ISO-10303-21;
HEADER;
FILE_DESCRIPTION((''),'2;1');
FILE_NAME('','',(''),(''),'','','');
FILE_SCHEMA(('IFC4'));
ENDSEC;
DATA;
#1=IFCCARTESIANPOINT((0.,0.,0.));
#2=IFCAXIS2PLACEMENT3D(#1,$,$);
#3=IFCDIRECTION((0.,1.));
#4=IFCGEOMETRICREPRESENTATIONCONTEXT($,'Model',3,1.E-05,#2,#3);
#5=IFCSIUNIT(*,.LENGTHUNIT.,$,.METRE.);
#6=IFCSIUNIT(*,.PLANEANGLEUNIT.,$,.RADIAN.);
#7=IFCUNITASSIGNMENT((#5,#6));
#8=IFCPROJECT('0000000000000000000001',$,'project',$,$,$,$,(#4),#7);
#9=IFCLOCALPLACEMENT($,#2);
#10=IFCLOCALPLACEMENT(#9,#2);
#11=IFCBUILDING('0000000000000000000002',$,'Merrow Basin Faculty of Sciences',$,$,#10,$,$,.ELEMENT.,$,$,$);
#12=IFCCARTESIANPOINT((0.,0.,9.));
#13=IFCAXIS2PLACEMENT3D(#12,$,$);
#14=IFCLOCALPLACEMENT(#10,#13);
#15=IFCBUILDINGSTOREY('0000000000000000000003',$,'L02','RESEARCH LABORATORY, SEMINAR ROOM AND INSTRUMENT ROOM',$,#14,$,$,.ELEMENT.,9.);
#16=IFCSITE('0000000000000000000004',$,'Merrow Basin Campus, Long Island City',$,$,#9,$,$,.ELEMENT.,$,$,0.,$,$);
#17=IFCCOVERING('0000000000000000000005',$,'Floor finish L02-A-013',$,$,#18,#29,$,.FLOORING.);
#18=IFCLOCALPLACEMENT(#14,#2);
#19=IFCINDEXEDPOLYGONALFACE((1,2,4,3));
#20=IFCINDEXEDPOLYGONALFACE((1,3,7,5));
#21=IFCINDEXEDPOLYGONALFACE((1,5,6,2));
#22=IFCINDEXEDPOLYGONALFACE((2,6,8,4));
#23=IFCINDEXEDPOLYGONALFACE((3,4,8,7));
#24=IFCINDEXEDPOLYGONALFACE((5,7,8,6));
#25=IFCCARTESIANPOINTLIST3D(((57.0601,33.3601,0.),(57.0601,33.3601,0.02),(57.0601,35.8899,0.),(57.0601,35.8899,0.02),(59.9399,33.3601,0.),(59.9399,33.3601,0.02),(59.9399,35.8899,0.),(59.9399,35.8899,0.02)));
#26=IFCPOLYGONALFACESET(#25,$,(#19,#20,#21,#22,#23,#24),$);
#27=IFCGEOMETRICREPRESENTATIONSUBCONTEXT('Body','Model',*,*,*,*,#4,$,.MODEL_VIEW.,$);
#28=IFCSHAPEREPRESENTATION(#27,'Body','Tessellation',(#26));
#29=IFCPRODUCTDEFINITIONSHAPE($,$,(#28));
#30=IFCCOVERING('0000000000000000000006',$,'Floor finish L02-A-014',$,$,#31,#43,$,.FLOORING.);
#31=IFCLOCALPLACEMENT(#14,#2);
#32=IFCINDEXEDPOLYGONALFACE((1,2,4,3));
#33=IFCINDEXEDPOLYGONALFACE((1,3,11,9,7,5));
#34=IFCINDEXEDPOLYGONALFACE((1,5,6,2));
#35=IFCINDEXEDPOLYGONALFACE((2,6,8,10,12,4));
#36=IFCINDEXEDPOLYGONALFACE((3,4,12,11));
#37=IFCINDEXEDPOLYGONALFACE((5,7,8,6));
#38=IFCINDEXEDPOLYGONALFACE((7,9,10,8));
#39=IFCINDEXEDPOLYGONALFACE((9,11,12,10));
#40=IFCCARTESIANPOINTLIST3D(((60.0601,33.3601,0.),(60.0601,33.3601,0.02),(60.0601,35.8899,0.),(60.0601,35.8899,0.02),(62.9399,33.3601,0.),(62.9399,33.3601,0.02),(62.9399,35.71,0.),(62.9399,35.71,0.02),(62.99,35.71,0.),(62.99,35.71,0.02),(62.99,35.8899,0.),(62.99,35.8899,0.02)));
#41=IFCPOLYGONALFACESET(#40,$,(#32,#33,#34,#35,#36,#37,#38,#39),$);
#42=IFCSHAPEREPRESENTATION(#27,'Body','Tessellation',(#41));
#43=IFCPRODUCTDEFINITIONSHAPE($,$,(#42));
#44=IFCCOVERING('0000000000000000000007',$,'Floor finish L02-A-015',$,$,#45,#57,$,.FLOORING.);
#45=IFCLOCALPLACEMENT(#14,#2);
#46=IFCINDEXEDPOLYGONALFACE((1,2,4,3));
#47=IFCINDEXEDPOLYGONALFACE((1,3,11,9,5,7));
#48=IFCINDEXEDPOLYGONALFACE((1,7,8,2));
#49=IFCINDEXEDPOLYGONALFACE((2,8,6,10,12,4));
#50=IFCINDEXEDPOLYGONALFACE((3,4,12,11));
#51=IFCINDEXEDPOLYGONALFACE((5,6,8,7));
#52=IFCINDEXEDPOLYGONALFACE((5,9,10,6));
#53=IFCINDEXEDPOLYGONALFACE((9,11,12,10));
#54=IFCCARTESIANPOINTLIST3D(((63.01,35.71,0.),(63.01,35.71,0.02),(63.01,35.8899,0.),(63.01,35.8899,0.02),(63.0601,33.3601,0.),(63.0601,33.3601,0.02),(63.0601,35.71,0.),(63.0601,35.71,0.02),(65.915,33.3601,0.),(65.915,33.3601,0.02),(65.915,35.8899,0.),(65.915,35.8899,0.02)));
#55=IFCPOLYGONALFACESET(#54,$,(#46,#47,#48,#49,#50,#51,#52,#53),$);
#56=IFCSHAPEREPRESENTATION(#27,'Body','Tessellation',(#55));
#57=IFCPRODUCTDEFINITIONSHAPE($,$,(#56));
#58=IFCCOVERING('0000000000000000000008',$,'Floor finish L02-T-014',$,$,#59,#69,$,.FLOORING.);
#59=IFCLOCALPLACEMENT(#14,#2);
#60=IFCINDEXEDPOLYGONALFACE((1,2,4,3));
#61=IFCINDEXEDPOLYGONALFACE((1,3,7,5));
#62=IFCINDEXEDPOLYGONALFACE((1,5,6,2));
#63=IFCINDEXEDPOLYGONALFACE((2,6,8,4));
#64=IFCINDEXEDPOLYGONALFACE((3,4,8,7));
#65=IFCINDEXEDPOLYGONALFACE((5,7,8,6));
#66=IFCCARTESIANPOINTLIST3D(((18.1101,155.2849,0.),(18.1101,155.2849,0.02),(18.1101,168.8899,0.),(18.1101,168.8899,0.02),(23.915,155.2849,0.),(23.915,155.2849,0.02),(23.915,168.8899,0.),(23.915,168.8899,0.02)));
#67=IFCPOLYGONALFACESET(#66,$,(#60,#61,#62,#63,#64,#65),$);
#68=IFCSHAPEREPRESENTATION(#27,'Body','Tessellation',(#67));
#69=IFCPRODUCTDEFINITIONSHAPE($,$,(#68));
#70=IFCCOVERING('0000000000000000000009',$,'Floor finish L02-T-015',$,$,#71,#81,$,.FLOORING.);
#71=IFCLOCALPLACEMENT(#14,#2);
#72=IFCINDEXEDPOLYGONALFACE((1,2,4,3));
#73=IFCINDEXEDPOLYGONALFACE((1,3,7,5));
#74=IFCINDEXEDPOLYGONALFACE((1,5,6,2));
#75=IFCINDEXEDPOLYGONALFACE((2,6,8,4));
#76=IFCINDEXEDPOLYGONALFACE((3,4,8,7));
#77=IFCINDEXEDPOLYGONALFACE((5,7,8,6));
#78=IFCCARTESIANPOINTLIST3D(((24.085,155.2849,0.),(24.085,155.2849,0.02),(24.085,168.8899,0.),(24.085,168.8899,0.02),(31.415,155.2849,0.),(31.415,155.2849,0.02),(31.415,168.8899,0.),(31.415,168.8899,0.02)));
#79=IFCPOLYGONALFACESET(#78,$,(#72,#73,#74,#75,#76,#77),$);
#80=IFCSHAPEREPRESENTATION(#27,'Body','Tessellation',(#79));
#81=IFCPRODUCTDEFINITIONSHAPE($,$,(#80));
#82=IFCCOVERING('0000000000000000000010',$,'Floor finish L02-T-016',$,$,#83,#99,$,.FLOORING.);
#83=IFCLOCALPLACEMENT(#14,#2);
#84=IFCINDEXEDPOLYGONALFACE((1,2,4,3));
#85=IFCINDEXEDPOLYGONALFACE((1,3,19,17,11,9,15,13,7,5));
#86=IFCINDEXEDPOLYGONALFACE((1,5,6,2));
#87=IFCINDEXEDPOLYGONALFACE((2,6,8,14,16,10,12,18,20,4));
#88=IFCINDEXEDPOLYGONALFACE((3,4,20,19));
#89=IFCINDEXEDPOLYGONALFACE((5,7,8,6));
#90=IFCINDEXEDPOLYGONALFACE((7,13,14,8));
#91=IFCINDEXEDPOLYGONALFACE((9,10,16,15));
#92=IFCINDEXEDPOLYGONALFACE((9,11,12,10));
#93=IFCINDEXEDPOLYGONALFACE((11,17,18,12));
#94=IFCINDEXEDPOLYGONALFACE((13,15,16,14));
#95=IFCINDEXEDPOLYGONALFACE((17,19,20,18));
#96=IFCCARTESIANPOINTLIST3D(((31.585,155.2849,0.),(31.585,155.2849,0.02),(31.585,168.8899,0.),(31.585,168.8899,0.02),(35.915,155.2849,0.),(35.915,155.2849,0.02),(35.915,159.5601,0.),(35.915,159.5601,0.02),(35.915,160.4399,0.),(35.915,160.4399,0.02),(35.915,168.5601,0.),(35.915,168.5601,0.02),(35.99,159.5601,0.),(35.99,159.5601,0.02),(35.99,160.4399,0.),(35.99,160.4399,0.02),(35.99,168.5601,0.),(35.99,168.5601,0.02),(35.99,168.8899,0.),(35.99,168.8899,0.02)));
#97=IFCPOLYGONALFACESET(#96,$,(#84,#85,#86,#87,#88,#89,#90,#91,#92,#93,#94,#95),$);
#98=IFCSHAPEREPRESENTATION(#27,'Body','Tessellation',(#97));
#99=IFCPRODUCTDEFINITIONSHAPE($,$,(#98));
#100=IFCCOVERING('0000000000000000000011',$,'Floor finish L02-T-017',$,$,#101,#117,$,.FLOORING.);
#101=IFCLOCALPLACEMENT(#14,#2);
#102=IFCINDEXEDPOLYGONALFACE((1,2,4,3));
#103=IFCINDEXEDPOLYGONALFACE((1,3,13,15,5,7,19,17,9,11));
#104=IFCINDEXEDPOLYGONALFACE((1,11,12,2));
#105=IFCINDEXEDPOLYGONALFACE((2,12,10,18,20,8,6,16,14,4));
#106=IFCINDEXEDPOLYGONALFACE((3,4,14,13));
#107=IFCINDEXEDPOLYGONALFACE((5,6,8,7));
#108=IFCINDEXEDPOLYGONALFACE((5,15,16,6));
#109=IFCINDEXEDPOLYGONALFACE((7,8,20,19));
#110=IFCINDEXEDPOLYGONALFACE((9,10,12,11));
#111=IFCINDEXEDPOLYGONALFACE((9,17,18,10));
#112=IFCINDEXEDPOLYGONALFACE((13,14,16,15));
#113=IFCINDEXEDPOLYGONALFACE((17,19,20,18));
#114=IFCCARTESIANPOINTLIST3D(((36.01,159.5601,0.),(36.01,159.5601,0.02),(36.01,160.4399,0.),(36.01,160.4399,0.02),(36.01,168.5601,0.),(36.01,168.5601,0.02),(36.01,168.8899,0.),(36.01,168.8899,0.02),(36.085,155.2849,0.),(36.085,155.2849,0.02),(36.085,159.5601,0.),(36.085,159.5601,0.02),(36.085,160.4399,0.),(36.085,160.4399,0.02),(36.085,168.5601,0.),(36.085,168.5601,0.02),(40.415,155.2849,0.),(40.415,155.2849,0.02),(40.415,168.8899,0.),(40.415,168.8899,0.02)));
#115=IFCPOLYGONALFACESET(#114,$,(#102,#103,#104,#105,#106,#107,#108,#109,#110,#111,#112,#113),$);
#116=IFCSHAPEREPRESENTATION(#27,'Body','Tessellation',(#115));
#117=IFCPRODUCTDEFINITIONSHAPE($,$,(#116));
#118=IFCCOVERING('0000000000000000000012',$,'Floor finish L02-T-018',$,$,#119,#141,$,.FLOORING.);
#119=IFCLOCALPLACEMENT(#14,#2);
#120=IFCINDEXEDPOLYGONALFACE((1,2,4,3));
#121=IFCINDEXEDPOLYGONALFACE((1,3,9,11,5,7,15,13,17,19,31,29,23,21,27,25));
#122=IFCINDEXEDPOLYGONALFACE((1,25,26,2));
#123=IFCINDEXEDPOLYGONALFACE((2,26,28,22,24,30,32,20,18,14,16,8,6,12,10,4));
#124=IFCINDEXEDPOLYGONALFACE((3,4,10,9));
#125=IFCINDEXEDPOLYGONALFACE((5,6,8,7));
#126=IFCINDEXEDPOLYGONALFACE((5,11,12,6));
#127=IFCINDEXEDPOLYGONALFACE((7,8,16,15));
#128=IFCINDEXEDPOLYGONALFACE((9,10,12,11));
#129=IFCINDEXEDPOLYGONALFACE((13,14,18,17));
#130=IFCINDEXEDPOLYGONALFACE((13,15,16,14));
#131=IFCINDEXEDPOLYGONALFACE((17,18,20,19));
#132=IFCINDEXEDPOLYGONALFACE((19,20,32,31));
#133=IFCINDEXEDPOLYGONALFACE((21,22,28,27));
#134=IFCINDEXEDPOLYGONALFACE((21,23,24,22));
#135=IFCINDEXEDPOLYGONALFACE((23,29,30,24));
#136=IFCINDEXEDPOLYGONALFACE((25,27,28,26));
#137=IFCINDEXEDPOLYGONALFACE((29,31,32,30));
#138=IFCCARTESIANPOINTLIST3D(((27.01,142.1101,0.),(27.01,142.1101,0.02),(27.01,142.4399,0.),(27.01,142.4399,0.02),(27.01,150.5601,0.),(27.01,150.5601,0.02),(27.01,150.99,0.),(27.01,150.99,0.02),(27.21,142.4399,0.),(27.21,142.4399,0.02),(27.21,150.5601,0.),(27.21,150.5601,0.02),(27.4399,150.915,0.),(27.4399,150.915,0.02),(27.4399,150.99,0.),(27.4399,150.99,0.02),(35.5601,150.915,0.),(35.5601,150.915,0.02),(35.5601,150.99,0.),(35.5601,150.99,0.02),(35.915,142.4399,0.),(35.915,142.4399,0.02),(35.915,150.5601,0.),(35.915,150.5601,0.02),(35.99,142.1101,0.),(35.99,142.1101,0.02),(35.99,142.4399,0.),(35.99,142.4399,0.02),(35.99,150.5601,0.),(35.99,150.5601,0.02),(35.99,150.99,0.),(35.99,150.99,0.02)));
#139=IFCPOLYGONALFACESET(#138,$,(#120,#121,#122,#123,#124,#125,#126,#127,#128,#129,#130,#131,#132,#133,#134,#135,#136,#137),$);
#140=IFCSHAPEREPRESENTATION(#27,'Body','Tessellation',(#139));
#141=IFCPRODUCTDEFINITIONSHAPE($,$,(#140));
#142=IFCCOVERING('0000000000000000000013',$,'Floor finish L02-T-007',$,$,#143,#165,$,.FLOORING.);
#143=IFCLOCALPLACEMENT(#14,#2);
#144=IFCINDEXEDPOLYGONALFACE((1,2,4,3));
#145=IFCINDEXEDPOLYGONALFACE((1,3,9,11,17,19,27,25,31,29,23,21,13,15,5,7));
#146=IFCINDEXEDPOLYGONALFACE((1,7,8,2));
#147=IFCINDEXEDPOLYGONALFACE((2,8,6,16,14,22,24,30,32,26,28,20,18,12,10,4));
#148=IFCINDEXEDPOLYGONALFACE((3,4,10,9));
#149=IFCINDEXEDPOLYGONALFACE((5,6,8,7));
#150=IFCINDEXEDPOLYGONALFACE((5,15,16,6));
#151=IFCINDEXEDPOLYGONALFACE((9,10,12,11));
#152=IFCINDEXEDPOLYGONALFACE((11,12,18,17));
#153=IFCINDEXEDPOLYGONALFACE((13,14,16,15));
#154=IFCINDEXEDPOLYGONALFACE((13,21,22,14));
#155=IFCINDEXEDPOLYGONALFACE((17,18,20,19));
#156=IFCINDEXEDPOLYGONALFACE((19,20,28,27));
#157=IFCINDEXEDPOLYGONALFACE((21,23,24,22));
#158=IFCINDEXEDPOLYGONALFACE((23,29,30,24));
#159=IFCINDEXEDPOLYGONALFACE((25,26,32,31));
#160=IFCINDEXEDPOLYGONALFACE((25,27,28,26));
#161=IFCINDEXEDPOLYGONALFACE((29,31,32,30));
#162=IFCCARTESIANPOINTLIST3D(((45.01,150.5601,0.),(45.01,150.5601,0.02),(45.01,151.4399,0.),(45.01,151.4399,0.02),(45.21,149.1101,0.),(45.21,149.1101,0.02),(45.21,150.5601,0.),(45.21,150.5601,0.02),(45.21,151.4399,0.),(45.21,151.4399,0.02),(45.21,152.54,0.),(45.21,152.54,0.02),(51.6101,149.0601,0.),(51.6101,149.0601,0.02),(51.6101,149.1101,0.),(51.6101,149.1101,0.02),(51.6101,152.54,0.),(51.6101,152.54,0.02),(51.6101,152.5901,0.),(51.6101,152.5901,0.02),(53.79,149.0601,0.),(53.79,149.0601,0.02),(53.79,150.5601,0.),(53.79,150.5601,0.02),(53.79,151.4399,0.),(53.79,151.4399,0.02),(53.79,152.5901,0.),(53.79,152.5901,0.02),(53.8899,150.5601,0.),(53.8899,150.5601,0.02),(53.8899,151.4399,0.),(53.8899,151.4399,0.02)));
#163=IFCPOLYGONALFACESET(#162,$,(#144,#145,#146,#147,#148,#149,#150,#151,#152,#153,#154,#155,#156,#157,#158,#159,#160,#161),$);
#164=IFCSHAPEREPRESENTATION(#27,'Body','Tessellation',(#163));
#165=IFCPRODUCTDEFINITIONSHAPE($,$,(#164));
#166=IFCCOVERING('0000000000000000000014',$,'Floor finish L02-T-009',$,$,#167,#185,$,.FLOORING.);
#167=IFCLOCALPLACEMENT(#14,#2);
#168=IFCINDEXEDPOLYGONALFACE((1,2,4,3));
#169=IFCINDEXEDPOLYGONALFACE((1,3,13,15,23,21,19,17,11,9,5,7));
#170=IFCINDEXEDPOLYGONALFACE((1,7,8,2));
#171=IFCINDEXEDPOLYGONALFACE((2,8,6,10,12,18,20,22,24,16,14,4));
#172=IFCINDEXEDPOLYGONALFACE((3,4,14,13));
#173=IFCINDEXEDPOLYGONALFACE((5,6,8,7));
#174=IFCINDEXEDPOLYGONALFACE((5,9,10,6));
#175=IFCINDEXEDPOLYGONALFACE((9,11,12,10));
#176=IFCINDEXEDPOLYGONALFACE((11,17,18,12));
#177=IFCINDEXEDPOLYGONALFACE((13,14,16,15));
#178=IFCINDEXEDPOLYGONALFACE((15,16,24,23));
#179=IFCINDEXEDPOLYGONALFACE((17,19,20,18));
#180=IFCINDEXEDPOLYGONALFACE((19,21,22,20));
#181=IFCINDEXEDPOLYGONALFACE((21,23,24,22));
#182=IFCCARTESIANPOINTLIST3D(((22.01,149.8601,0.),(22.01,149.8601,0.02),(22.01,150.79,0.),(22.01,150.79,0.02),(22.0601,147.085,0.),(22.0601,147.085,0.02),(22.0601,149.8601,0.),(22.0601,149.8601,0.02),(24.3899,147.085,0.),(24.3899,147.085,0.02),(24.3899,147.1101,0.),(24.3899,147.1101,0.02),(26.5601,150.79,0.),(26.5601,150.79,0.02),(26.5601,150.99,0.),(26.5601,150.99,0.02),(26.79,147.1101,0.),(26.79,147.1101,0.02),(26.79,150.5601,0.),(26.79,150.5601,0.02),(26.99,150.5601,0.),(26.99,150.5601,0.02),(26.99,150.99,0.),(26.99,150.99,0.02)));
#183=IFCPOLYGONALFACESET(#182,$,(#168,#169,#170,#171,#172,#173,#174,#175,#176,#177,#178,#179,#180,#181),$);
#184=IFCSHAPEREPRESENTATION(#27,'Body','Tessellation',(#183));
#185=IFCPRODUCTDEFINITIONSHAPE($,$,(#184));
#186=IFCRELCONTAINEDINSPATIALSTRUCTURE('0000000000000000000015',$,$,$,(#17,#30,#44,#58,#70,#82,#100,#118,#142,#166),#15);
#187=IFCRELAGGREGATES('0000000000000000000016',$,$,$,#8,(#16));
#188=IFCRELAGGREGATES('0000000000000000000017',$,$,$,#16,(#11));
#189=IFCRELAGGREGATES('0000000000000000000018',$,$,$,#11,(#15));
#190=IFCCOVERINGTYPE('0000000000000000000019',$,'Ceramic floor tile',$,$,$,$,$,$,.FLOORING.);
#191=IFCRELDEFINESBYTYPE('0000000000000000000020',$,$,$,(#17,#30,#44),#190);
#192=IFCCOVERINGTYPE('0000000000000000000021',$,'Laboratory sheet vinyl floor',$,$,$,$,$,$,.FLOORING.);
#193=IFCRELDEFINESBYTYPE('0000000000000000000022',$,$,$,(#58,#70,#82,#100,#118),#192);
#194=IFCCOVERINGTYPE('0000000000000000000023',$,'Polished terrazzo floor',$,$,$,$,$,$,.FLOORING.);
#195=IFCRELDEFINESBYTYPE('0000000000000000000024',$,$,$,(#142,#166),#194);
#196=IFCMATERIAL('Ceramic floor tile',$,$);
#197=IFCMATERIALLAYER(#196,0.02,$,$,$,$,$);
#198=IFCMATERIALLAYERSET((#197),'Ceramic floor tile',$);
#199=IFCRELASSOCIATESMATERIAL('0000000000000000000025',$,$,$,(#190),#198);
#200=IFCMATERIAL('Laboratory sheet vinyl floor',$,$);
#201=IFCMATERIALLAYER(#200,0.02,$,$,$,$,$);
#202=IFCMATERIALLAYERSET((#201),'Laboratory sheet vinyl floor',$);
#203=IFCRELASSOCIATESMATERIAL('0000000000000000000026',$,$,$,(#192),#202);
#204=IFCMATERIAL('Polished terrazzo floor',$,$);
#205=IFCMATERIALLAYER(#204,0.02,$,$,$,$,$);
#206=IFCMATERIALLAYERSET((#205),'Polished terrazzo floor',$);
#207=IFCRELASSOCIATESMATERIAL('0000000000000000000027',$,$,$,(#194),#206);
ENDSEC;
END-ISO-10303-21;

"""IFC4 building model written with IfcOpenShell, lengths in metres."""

from ifc_helpers import new_model, si_unit, direction, frame, origin, place, context, subcontext, project, spatial, polyline, outline, extrude, material, layer, layer_set, type_object, element, save


model = new_model("IFC4")

# Units and contexts
model_context = context("Model", 3, precision=1e-05, world=origin(), true_north=direction((0.0, 1.0)))
body_context = subcontext(model_context, "Body", "Model", "MODEL_VIEW")
ifc_project = project(units=[si_unit("LENGTHUNIT", "METRE"), si_unit("PLANEANGLEUNIT", "RADIAN")], contexts=[model_context])

# Site, building, storey
site_placement = place(None, origin())
site = spatial("IfcSite", under=ifc_project, at=site_placement, Name="Merrow Basin Campus, Long Island City", CompositionType="ELEMENT", RefElevation=0.0)
building_placement = place(site_placement, origin())
building = spatial("IfcBuilding", under=site, at=building_placement, Name="Merrow Basin Faculty of Sciences", CompositionType="ELEMENT")
storey_placement = place(building_placement, frame((0.0, 0.0, 9.0)))
storey = spatial("IfcBuildingStorey", under=building, at=storey_placement, Name="L02", Description="RESEARCH LABORATORY, SEMINAR ROOM AND INSTRUMENT ROOM", CompositionType="ELEMENT", Elevation=9.0)

# Coverings
ifc_material_1 = material(Name="Ceramic floor tile")
ifc_layer_1 = layer(ifc_material_1, 0.02)
ifc_layer_set_1 = layer_set([ifc_layer_1], Name="Ceramic floor tile")
covering_type_1 = type_object("IfcCoveringType", Name="Ceramic floor tile", PredefinedType="FLOORING", material=ifc_layer_set_1)
covering_1_placement = place(storey_placement, origin())
element("IfcCovering", 1, at=covering_1_placement, inside=storey, type_object=covering_type_1, Name="Floor finish L02-A-013", PredefinedType="FLOORING", context=body_context, shape_type="SweptSolid", body=[
    extrude(outline(polyline([(59.9399, 35.8899), (59.9399, 33.3601), (57.0601, 33.3601), (57.0601, 35.8899), (59.9399, 35.8899)])), origin(), (0.0, 0.0, 1.0), 0.02),
])
covering_2_placement = place(storey_placement, origin())
element("IfcCovering", 2, at=covering_2_placement, inside=storey, type_object=covering_type_1, Name="Floor finish L02-A-014", PredefinedType="FLOORING", context=body_context, shape_type="SweptSolid", body=[
    extrude(outline(polyline([(62.99, 35.8899), (62.99, 35.71), (62.9399, 35.71), (62.9399, 33.3601), (60.0601, 33.3601), (60.0601, 35.8899), (62.99, 35.8899)])), origin(), (0.0, 0.0, 1.0), 0.02),
])
covering_3_placement = place(storey_placement, origin())
element("IfcCovering", 3, at=covering_3_placement, inside=storey, type_object=covering_type_1, Name="Floor finish L02-A-015", PredefinedType="FLOORING", context=body_context, shape_type="SweptSolid", body=[
    extrude(outline(polyline([(63.01, 35.8899), (65.915, 35.8899), (65.915, 33.3601), (63.0601, 33.3601), (63.0601, 35.71), (63.01, 35.71), (63.01, 35.8899)])), origin(), (0.0, 0.0, 1.0), 0.02),
])
ifc_material_2 = material(Name="Laboratory sheet vinyl floor")
ifc_layer_2 = layer(ifc_material_2, 0.02)
ifc_layer_set_2 = layer_set([ifc_layer_2], Name="Laboratory sheet vinyl floor")
covering_type_2 = type_object("IfcCoveringType", Name="Laboratory sheet vinyl floor", PredefinedType="FLOORING", material=ifc_layer_set_2)
covering_4_placement = place(storey_placement, origin())
element("IfcCovering", 4, at=covering_4_placement, inside=storey, type_object=covering_type_2, Name="Floor finish L02-T-014", PredefinedType="FLOORING", context=body_context, shape_type="SweptSolid", body=[
    extrude(outline(polyline([(18.1101, 168.8899), (23.915, 168.8899), (23.915, 155.2849), (18.1101, 155.2849), (18.1101, 168.8899)])), origin(), (0.0, 0.0, 1.0), 0.02),
])
covering_5_placement = place(storey_placement, origin())
element("IfcCovering", 5, at=covering_5_placement, inside=storey, type_object=covering_type_2, Name="Floor finish L02-T-015", PredefinedType="FLOORING", context=body_context, shape_type="SweptSolid", body=[
    extrude(outline(polyline([(31.415, 168.8899), (31.415, 155.2849), (24.085, 155.2849), (24.085, 168.8899), (31.415, 168.8899)])), origin(), (0.0, 0.0, 1.0), 0.02),
])
covering_6_placement = place(storey_placement, origin())
element("IfcCovering", 6, at=covering_6_placement, inside=storey, type_object=covering_type_2, Name="Floor finish L02-T-016", PredefinedType="FLOORING", context=body_context, shape_type="SweptSolid", body=[
    extrude(outline(polyline([(35.99, 168.8899), (35.99, 168.5601), (35.915, 168.5601), (35.915, 160.4399), (35.99, 160.4399), (35.99, 159.5601), (35.915, 159.5601), (35.915, 155.2849), (31.585, 155.2849), (31.585, 168.8899), (35.99, 168.8899)])), origin(), (0.0, 0.0, 1.0), 0.02),
])
covering_7_placement = place(storey_placement, origin())
element("IfcCovering", 7, at=covering_7_placement, inside=storey, type_object=covering_type_2, Name="Floor finish L02-T-017", PredefinedType="FLOORING", context=body_context, shape_type="SweptSolid", body=[
    extrude(outline(polyline([(36.01, 160.4399), (36.085, 160.4399), (36.085, 168.5601), (36.01, 168.5601), (36.01, 168.8899), (40.415, 168.8899), (40.415, 155.2849), (36.085, 155.2849), (36.085, 159.5601), (36.01, 159.5601), (36.01, 160.4399)])), origin(), (0.0, 0.0, 1.0), 0.02),
])
covering_8_placement = place(storey_placement, origin())
element("IfcCovering", 8, at=covering_8_placement, inside=storey, type_object=covering_type_2, Name="Floor finish L02-T-018", PredefinedType="FLOORING", context=body_context, shape_type="SweptSolid", body=[
    extrude(outline(polyline([(27.4399, 150.99), (27.4399, 150.915), (35.5601, 150.915), (35.5601, 150.99), (35.99, 150.99), (35.99, 150.5601), (35.915, 150.5601), (35.915, 142.4399), (35.99, 142.4399), (35.99, 142.1101), (27.01, 142.1101), (27.01, 142.4399), (27.21, 142.4399), (27.21, 150.5601), (27.01, 150.5601), (27.01, 150.99), (27.4399, 150.99)])), origin(), (0.0, 0.0, 1.0), 0.02),
])
ifc_material_3 = material(Name="Polished terrazzo floor")
ifc_layer_3 = layer(ifc_material_3, 0.02)
ifc_layer_set_3 = layer_set([ifc_layer_3], Name="Polished terrazzo floor")
covering_type_3 = type_object("IfcCoveringType", Name="Polished terrazzo floor", PredefinedType="FLOORING", material=ifc_layer_set_3)
covering_9_placement = place(storey_placement, origin())
element("IfcCovering", 9, at=covering_9_placement, inside=storey, type_object=covering_type_3, Name="Floor finish L02-T-007", PredefinedType="FLOORING", context=body_context, shape_type="SweptSolid", body=[
    extrude(outline(polyline([(45.01, 151.4399), (45.21, 151.4399), (45.21, 152.54), (51.6101, 152.54), (51.6101, 152.5901), (53.79, 152.5901), (53.79, 151.4399), (53.8899, 151.4399), (53.8899, 150.5601), (53.79, 150.5601), (53.79, 149.0601), (51.6101, 149.0601), (51.6101, 149.1101), (45.21, 149.1101), (45.21, 150.5601), (45.01, 150.5601), (45.01, 151.4399)])), origin(), (0.0, 0.0, 1.0), 0.02),
])
covering_10_placement = place(storey_placement, origin())
element("IfcCovering", 10, at=covering_10_placement, inside=storey, type_object=covering_type_3, Name="Floor finish L02-T-009", PredefinedType="FLOORING", context=body_context, shape_type="SweptSolid", body=[
    extrude(outline(polyline([(26.99, 150.99), (26.99, 150.5601), (26.79, 150.5601), (26.79, 147.1101), (24.3899, 147.1101), (24.3899, 147.085), (22.0601, 147.085), (22.0601, 149.8601), (22.01, 149.8601), (22.01, 150.79), (26.5601, 150.79), (26.5601, 150.99), (26.99, 150.99)])), origin(), (0.0, 0.0, 1.0), 0.02),
])

save(model, "model.ifc")
